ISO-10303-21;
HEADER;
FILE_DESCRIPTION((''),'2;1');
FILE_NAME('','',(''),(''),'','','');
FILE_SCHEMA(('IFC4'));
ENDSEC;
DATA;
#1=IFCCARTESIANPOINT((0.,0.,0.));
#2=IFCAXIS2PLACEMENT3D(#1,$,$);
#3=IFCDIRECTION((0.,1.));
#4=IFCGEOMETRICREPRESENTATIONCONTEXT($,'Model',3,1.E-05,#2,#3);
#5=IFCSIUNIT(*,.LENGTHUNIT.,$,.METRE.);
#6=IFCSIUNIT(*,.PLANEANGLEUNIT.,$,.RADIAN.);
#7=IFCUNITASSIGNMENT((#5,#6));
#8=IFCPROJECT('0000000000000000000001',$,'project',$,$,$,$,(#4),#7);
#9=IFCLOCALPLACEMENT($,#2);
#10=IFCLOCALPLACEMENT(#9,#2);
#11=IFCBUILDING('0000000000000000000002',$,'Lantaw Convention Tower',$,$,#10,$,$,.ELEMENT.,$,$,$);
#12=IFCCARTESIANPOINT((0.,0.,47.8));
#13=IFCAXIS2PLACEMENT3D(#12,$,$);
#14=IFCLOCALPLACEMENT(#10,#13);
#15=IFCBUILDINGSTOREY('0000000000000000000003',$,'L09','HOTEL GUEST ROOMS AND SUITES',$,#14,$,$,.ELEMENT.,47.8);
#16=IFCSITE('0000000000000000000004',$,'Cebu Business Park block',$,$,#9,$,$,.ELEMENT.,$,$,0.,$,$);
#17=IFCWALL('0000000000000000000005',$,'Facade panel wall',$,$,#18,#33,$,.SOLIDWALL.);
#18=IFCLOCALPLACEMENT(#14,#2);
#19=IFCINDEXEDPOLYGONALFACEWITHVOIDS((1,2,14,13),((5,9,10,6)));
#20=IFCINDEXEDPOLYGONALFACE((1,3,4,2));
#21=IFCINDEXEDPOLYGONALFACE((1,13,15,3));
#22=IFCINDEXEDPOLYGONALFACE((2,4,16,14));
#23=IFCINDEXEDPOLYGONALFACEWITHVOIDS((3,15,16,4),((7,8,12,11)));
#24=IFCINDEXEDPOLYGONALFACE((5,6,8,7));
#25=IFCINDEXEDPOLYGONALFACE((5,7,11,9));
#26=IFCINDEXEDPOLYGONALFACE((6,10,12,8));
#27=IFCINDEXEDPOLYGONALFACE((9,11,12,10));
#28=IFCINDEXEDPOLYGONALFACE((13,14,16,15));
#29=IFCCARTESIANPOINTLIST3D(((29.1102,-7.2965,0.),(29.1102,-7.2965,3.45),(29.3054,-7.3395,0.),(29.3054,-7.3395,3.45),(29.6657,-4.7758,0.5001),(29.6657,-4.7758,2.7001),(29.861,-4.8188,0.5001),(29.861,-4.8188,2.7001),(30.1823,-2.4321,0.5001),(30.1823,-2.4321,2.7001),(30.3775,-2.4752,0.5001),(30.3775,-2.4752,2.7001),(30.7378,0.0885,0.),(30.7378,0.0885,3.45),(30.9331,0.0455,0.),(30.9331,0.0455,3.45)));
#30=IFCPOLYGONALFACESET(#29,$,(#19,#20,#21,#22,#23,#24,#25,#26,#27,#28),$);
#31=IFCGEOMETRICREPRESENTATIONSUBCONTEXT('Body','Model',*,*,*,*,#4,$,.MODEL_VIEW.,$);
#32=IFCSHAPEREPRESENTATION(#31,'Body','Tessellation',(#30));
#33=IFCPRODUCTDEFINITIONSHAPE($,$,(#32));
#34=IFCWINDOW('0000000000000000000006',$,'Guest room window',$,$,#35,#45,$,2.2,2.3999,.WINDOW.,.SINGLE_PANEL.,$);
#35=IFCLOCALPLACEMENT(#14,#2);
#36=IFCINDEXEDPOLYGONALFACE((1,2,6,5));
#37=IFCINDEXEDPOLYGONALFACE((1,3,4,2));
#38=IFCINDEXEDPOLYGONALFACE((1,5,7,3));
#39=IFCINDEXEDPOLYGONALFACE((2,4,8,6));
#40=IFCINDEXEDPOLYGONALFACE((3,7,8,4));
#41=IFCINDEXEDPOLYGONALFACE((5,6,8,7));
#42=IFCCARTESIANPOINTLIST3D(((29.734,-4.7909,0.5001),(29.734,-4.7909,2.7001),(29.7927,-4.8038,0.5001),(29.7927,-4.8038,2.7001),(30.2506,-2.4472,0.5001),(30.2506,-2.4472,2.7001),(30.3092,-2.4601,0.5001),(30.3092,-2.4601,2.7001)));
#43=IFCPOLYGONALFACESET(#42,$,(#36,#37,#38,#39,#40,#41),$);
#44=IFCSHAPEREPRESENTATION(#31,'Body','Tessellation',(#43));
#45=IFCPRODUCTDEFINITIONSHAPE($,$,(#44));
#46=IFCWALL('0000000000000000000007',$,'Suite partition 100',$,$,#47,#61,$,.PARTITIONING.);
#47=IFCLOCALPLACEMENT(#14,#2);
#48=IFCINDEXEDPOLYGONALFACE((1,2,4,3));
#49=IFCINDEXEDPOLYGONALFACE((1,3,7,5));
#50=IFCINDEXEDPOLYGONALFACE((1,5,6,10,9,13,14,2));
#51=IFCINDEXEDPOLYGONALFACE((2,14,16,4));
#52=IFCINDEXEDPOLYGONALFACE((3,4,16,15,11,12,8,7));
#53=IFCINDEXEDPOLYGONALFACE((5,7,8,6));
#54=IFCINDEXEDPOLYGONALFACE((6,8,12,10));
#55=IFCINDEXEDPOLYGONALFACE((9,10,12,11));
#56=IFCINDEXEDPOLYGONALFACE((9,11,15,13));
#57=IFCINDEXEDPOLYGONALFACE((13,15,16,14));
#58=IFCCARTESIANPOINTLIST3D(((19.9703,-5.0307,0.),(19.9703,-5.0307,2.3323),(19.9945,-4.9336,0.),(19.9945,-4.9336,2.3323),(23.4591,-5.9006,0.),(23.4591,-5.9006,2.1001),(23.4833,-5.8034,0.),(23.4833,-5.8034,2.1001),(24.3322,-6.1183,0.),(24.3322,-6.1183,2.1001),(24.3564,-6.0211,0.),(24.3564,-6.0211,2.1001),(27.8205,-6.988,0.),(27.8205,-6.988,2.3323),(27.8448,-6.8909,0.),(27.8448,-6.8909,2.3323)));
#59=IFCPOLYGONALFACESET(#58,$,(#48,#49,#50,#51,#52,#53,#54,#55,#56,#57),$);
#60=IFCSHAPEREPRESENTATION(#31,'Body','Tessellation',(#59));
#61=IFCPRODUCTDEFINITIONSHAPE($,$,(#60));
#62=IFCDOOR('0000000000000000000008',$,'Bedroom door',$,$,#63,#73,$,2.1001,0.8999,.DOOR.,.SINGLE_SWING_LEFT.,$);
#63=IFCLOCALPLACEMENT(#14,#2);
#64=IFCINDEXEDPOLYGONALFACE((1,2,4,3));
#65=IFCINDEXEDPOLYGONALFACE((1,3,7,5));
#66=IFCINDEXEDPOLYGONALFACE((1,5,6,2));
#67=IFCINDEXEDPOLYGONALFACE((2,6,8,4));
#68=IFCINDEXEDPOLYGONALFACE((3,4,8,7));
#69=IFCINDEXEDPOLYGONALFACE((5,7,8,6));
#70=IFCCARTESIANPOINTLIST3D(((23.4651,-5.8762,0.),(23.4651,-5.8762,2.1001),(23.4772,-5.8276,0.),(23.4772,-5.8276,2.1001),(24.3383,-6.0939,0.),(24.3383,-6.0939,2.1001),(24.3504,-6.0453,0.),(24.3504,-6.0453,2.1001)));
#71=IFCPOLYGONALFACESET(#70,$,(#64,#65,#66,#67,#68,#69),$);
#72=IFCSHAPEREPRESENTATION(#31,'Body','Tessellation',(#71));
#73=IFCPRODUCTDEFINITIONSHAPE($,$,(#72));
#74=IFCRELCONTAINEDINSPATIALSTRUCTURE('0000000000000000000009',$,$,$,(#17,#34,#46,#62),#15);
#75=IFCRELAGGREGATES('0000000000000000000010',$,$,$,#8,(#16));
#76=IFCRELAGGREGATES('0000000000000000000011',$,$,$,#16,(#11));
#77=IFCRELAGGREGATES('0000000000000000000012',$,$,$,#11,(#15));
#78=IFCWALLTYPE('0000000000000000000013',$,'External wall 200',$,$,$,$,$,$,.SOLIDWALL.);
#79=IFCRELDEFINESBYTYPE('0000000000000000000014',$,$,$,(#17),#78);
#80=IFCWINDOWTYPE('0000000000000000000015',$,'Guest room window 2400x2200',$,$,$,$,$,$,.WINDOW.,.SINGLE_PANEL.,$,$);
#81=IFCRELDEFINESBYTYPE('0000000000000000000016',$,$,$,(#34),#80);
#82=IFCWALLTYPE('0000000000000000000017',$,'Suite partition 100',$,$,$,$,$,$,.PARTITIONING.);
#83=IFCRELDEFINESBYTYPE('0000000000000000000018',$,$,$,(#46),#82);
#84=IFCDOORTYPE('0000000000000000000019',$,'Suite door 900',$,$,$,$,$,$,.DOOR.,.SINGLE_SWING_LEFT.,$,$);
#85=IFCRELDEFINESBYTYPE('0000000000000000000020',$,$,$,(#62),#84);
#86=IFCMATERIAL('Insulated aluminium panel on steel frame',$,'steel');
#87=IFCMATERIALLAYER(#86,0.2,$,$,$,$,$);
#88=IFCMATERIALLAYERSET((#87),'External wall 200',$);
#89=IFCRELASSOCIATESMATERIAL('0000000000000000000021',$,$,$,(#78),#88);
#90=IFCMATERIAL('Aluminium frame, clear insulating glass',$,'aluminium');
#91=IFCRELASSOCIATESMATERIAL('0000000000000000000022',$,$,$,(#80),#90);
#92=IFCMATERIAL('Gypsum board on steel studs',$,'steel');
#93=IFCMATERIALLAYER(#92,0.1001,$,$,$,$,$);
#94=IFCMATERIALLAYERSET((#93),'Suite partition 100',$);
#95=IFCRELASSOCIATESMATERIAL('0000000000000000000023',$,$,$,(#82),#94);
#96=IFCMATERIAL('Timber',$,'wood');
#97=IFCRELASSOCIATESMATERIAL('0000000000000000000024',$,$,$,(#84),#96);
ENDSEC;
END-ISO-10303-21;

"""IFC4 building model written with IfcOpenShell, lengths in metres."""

from ifc_helpers import new_model, si_unit, direction, frame, frame_2d, origin, place, context, subcontext, project, spatial, rectangle, extrude, material, layer, layer_set, type_object, element, fill, save


model = new_model("IFC4")

# Units and contexts
model_context = context("Model", 3, precision=1e-05, world=origin(), true_north=direction((0.0, 1.0)))
body_context = subcontext(model_context, "Body", "Model", "MODEL_VIEW")
ifc_project = project(units=[si_unit("LENGTHUNIT", "METRE"), si_unit("PLANEANGLEUNIT", "RADIAN")], contexts=[model_context])

# Site, building, storey
site_placement = place(None, origin())
site = spatial("IfcSite", under=ifc_project, at=site_placement, Name="Cebu Business Park block", CompositionType="ELEMENT", RefElevation=0.0)
building_placement = place(site_placement, origin())
building = spatial("IfcBuilding", under=site, at=building_placement, Name="Lantaw Convention Tower", CompositionType="ELEMENT")
storey_placement = place(building_placement, frame((0.0, 0.0, 47.8)))
storey = spatial("IfcBuildingStorey", under=building, at=storey_placement, Name="L09", Description="HOTEL GUEST ROOMS AND SUITES", CompositionType="ELEMENT", Elevation=47.8)

# Shared definitions
ifc_material_1 = material(Name="Timber", Category="wood")

# Wall, opening, window
ifc_material_2 = material(Name="Insulated aluminium panel on steel frame", Category="steel")
ifc_layer_1 = layer(ifc_material_2, 0.2)
ifc_layer_set_1 = layer_set([ifc_layer_1], Name="External wall 200")
wall_type_1 = type_object("IfcWallType", Name="External wall 200", PredefinedType="SOLIDWALL", material=ifc_layer_set_1)
ifc_material_3 = material(Name="Aluminium frame, clear insulating glass", Category="aluminium")
window_type = type_object("IfcWindowType", Name="Guest room window 2400x2200", PartitioningType="SINGLE_PANEL", PredefinedType="WINDOW", material=ifc_material_3)
wall_1_placement = place(storey_placement, frame((29.2078, -7.3181, 0.0), z_axis=(0.0, 0.0, 1.0), x_axis=(0.215238, 0.976562, 0.0)))
wall_1 = element("IfcWall", 1, at=wall_1_placement, inside=storey, type_object=wall_type_1, Name="Facade panel wall", PredefinedType="SOLIDWALL", context=body_context, shape_type="SweptSolid", body=[
    extrude(rectangle(XDim=7.5623, YDim=0.2, at=frame_2d((3.7812, 0.0))), origin(), (0.0, 0.0, 1.0), 3.45),
])
opening_1_placement = place(wall_1_placement, frame((2.5813, 0.0, 0.5)))
opening_1 = element("IfcOpeningElement", 2, at=opening_1_placement, cuts=wall_1, PredefinedType="OPENING", context=body_context, shape_type="SweptSolid", body=[
    extrude(rectangle(XDim=2.3999, YDim=2.2, at=frame_2d((1.2, 1.1001))), frame((0.0, 0.1099, 0.0), z_axis=(0.0, -1.0, 0.0), x_axis=(1.0, 0.0, 0.0)), (0.0, 0.0, 1.0), 0.22),
])
window_1_placement = place(opening_1_placement, origin())
window_1 = element("IfcWindow", 3, at=window_1_placement, inside=storey, type_object=window_type, Name="Guest room window", OverallHeight=2.2, OverallWidth=2.3999, PartitioningType="SINGLE_PANEL", PredefinedType="WINDOW", context=body_context, shape_type="SweptSolid", body=[
    extrude(rectangle(XDim=2.3999, YDim=2.2, at=frame_2d((1.2, 1.1001))), frame((0.0, 0.03, 0.0), z_axis=(0.0, -1.0, 0.0), x_axis=(1.0, 0.0, 0.0)), (0.0, 0.0, 1.0), 0.0601),
])
fill(opening_1, window_1)

# Wall, opening, door
ifc_material_4 = material(Name="Gypsum board on steel studs", Category="steel")
ifc_layer_2 = layer(ifc_material_4, 0.1001)
ifc_layer_set_2 = layer_set([ifc_layer_2], Name="Suite partition 100")
wall_type_2 = type_object("IfcWallType", Name="Suite partition 100", PredefinedType="PARTITIONING", material=ifc_layer_set_2)
wall_2_placement = place(storey_placement, frame((27.8328, -6.9395, 0.0), z_axis=(0.0, 0.0, 1.0), x_axis=(-0.970297, 0.241918, 0.0)))
wall_2 = element("IfcWall", 4, at=wall_2_placement, inside=storey, type_object=wall_type_2, Name="Suite partition 100", PredefinedType="PARTITIONING", context=body_context, shape_type="SweptSolid", body=[
    extrude(rectangle(XDim=8.0906, YDim=0.1001, at=frame_2d((4.0454, 0.0))), origin(), (0.0, 0.0, 1.0), 2.3323),
])
opening_2_placement = place(wall_2_placement, frame((3.5952, 0.0, 0.0)))
opening_2 = element("IfcOpeningElement", 5, at=opening_2_placement, cuts=wall_2, PredefinedType="OPENING", context=body_context, shape_type="SweptSolid", body=[
    extrude(rectangle(XDim=0.8999, YDim=2.1001, at=frame_2d((0.45, 1.05))), frame((0.0, 0.0601, 0.0), z_axis=(0.0, -1.0, 0.0), x_axis=(1.0, 0.0, 0.0)), (0.0, 0.0, 1.0), 0.1201),
])
door_type_1 = type_object("IfcDoorType", Name="Suite door 900", OperationType="SINGLE_SWING_LEFT", PredefinedType="DOOR", material=ifc_material_1)
door_1_placement = place(opening_2_placement, origin())
door_1 = element("IfcDoor", 6, at=door_1_placement, inside=storey, type_object=door_type_1, Name="Bedroom door", OperationType="SINGLE_SWING_LEFT", OverallHeight=2.1001, OverallWidth=0.8999, PredefinedType="DOOR", context=body_context, shape_type="SweptSolid", body=[
    extrude(rectangle(XDim=0.8999, YDim=2.1001, at=frame_2d((0.45, 1.05))), frame((0.0, 0.0249, 0.0), z_axis=(0.0, -1.0, 0.0), x_axis=(1.0, 0.0, 0.0)), (0.0, 0.0, 1.0), 0.05),
])
fill(opening_2, door_1)

save(model, "model.ifc")
